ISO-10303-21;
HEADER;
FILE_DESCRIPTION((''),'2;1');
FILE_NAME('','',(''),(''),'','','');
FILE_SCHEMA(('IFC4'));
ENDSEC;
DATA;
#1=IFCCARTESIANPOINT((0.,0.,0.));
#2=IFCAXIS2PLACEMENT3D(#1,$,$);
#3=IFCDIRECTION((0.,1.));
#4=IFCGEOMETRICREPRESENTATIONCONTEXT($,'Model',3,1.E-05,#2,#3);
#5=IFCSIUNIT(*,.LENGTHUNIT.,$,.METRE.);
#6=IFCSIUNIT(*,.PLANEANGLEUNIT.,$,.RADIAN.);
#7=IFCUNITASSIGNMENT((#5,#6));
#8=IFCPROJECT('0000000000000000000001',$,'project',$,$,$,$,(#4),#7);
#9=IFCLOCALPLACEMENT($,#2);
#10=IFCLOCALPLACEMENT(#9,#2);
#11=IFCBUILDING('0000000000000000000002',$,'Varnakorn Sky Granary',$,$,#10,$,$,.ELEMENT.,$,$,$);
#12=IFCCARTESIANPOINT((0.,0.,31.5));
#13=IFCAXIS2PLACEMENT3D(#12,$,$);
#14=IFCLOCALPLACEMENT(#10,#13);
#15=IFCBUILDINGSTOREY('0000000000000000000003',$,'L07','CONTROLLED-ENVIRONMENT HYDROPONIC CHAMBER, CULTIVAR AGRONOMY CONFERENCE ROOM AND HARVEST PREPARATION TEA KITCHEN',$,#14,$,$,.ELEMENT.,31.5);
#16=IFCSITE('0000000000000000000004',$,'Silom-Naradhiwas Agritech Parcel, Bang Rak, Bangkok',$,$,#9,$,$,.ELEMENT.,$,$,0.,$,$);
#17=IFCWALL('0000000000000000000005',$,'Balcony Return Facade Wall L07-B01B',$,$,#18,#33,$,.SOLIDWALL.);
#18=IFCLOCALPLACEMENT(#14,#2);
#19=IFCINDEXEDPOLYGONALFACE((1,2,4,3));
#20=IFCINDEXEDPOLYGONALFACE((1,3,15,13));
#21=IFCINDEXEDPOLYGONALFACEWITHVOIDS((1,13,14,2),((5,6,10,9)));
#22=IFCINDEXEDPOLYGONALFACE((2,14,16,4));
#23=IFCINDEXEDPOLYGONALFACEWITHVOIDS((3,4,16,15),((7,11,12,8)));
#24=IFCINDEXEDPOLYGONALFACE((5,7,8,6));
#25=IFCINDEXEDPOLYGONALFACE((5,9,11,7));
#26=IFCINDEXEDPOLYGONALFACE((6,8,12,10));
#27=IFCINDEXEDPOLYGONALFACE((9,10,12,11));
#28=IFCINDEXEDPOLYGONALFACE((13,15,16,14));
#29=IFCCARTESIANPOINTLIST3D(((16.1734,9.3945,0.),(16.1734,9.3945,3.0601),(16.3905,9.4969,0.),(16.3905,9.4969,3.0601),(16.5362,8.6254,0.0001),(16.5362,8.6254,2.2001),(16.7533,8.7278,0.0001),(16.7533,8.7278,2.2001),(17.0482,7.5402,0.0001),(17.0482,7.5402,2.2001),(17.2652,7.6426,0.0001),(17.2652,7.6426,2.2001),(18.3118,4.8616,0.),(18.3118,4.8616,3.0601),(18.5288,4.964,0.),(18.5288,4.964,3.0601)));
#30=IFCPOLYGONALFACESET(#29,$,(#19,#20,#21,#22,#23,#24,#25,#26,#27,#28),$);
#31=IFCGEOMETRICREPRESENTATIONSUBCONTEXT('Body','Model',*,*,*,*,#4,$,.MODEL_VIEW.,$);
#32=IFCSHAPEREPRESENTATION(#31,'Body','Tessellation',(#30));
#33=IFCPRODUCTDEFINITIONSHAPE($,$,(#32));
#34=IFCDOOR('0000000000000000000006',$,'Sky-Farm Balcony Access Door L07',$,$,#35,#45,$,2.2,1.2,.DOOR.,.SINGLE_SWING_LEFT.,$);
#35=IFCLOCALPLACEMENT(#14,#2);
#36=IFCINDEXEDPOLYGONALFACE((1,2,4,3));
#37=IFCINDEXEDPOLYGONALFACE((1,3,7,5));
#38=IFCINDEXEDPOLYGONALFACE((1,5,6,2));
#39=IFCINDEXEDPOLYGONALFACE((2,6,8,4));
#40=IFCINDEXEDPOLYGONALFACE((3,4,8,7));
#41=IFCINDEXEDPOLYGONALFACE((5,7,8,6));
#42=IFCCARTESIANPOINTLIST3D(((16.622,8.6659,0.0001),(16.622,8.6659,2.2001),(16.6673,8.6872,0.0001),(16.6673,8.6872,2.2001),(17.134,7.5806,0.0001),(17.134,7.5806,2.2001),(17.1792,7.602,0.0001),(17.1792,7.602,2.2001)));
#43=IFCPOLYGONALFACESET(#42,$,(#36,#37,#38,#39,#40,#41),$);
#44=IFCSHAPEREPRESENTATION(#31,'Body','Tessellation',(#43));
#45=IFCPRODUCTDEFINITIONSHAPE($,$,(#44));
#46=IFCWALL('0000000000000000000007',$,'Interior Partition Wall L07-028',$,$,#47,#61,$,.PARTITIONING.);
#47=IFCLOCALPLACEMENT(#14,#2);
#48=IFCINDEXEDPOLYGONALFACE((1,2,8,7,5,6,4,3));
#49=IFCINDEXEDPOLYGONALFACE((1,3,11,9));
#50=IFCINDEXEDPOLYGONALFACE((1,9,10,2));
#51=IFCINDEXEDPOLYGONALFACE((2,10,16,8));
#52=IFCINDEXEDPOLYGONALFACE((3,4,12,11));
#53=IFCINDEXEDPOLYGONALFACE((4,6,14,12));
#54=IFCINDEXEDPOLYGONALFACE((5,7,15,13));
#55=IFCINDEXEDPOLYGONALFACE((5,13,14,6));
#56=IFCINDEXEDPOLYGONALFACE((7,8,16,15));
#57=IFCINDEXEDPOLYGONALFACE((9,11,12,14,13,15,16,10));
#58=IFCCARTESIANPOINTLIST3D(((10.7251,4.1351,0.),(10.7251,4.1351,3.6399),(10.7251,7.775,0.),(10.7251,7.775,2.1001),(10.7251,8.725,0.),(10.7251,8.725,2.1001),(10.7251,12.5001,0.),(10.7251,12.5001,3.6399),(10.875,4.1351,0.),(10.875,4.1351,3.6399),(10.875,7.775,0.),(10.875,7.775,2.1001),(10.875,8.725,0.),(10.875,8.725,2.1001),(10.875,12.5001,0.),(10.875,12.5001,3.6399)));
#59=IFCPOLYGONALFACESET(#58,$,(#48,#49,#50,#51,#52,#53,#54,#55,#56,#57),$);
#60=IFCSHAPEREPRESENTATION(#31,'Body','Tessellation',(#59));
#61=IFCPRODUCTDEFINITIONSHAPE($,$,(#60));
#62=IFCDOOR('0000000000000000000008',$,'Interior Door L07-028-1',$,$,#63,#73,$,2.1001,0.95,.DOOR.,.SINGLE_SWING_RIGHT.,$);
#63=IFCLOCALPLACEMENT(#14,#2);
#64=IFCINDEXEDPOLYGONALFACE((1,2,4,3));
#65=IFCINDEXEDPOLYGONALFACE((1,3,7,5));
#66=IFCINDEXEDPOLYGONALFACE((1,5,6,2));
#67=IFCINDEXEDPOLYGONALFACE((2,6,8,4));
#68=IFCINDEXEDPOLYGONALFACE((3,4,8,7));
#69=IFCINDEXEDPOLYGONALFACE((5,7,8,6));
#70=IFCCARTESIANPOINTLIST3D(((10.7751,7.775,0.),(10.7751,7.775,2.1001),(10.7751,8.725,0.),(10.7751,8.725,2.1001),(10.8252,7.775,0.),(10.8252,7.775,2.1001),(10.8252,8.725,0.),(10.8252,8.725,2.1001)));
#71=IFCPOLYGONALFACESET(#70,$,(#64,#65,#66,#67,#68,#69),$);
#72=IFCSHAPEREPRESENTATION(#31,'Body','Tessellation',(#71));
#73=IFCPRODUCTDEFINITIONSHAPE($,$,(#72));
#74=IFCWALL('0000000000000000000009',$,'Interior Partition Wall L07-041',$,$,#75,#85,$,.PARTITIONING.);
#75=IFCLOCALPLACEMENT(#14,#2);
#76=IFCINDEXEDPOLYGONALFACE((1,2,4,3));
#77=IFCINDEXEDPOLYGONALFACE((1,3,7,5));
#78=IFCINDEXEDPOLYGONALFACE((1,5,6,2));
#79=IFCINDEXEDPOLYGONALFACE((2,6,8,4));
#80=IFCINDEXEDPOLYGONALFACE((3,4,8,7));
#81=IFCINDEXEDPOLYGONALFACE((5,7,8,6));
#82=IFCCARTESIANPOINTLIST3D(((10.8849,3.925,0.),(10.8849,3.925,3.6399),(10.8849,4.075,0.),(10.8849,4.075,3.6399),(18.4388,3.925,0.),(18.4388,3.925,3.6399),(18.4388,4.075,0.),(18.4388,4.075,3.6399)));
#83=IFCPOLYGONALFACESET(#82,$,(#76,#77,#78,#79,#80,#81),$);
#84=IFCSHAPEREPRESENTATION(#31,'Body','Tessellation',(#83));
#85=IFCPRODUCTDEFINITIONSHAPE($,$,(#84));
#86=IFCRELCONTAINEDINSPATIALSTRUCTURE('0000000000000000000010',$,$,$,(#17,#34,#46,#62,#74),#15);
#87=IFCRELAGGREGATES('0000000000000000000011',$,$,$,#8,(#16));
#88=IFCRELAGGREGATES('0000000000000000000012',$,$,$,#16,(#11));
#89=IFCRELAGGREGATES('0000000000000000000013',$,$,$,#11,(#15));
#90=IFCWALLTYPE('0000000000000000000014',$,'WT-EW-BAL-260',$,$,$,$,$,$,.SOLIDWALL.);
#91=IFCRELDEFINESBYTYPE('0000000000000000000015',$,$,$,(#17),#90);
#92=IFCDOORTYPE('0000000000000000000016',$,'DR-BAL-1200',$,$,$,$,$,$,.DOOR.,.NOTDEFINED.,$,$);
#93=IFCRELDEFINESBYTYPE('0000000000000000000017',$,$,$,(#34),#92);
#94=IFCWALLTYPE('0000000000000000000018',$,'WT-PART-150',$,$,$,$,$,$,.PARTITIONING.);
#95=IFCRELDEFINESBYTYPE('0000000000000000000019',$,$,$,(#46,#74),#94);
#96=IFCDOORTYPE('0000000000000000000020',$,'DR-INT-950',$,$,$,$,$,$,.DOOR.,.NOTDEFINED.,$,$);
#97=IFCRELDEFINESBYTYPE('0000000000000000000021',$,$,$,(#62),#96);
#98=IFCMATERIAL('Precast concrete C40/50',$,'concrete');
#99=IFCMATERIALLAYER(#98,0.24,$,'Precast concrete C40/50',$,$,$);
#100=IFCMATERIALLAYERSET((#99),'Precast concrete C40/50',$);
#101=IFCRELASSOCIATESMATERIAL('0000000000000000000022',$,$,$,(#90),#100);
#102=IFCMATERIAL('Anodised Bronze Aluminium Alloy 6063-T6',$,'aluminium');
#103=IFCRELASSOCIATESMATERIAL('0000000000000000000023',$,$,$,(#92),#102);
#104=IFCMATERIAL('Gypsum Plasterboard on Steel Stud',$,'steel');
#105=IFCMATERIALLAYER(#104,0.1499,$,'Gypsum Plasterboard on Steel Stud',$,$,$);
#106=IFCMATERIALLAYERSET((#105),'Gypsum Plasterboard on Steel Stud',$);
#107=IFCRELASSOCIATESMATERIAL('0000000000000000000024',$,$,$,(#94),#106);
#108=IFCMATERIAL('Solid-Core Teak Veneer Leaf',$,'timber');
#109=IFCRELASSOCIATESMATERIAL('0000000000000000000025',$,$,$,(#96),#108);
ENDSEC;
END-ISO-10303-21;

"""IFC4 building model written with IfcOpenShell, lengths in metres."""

from ifc_helpers import new_model, si_unit, direction, frame, frame_2d, origin, place, context, subcontext, project, spatial, rectangle, extrude, material, layer, layer_set, type_object, element, fill, save


model = new_model("IFC4")

# Units and contexts
model_context = context("Model", 3, precision=1e-05, world=origin(), true_north=direction((0.0, 1.0)))
body_context = subcontext(model_context, "Body", "Model", "MODEL_VIEW")
ifc_project = project(units=[si_unit("LENGTHUNIT", "METRE"), si_unit("PLANEANGLEUNIT", "RADIAN")], contexts=[model_context])

# Site, building, storey
site_placement = place(None, origin())
site = spatial("IfcSite", under=ifc_project, at=site_placement, Name="Silom-Naradhiwas Agritech Parcel, Bang Rak, Bangkok", CompositionType="ELEMENT", RefElevation=0.0)
building_placement = place(site_placement, origin())
building = spatial("IfcBuilding", under=site, at=building_placement, Name="Varnakorn Sky Granary", CompositionType="ELEMENT")
storey_placement = place(building_placement, frame((0.0, 0.0, 31.5)))
storey = spatial("IfcBuildingStorey", under=building, at=storey_placement, Name="L07", Description="CONTROLLED-ENVIRONMENT HYDROPONIC CHAMBER, CULTIVAR AGRONOMY CONFERENCE ROOM AND HARVEST PREPARATION TEA KITCHEN", CompositionType="ELEMENT", Elevation=31.5)

# Shared definitions
ifc_material_1 = material(Name="Anodised Bronze Aluminium Alloy 6063-T6", Category="aluminium")

# Shared definitions
ifc_material_2 = material(Name="Precast concrete C40/50", Category="concrete")
ifc_layer_1 = layer(ifc_material_2, 0.24, Name="Precast concrete C40/50")
ifc_layer_set_1 = layer_set([ifc_layer_1], Name="Precast concrete C40/50")
wall_type_1 = type_object("IfcWallType", Name="WT-EW-BAL-260", PredefinedType="SOLIDWALL", material=ifc_layer_set_1)

# Walls, openings, doors
wall_1_placement = place(storey_placement, frame((16.282, 9.4456, 0.0), z_axis=(0.0, 0.0, 1.0), x_axis=(0.426658, -0.904413, 0.0)))
wall_1 = element("IfcWall", 1, at=wall_1_placement, inside=storey, type_object=wall_type_1, Name="Balcony Return Facade Wall L07-B01B", PredefinedType="SOLIDWALL", context=body_context, shape_type="SweptSolid", body=[
    extrude(rectangle(XDim=5.012, YDim=0.24, at=frame_2d((2.5059, 0.0))), origin(), (0.0, 0.0, 1.0), 3.0601),
])
opening_1_placement = place(wall_1_placement, frame((0.8501, 0.0, 0.0)))
opening_1 = element("IfcOpeningElement", 2, at=opening_1_placement, cuts=wall_1, PredefinedType="OPENING", context=body_context, shape_type="SweptSolid", body=[
    extrude(rectangle(XDim=1.2, YDim=2.2, at=frame_2d((0.6001, 1.1001))), frame((0.0, 0.1299, 0.0), z_axis=(0.0, -1.0, 0.0), x_axis=(1.0, 0.0, 0.0)), (0.0, 0.0, 1.0), 0.26),
])
door_type_1 = type_object("IfcDoorType", Name="DR-BAL-1200", OperationType="NOTDEFINED", PredefinedType="DOOR", material=ifc_material_1)
door_1_placement = place(opening_1_placement, origin())
door_1 = element("IfcDoor", 3, at=door_1_placement, inside=storey, type_object=door_type_1, Name="Sky-Farm Balcony Access Door L07", OperationType="SINGLE_SWING_LEFT", OverallHeight=2.2, OverallWidth=1.2, PredefinedType="DOOR", context=body_context, shape_type="SweptSolid", body=[
    extrude(rectangle(XDim=1.2, YDim=2.2, at=frame_2d((0.6001, 1.1001))), frame((0.0, 0.0249, 0.0), z_axis=(0.0, -1.0, 0.0), x_axis=(1.0, 0.0, 0.0)), (0.0, 0.0, 1.0), 0.05),
])
fill(opening_1, door_1)
ifc_material_3 = material(Name="Gypsum Plasterboard on Steel Stud", Category="steel")
ifc_layer_2 = layer(ifc_material_3, 0.1499, Name="Gypsum Plasterboard on Steel Stud")
ifc_layer_set_2 = layer_set([ifc_layer_2], Name="Gypsum Plasterboard on Steel Stud")
wall_type_2 = type_object("IfcWallType", Name="WT-PART-150", PredefinedType="PARTITIONING", material=ifc_layer_set_2)
wall_2_placement = place(storey_placement, frame((10.8, 4.135, 0.0), z_axis=(0.0, 0.0, 1.0), x_axis=(0.0, 1.0, 0.0)))
wall_2 = element("IfcWall", 4, at=wall_2_placement, inside=storey, type_object=wall_type_2, Name="Interior Partition Wall L07-028", PredefinedType="PARTITIONING", context=body_context, shape_type="SweptSolid", body=[
    extrude(rectangle(XDim=8.365, YDim=0.1499, at=frame_2d((4.1826, 0.0))), origin(), (0.0, 0.0, 1.0), 3.6399),
])
opening_2_placement = place(wall_2_placement, frame((3.6399, 0.0, 0.0)))
opening_2 = element("IfcOpeningElement", 5, at=opening_2_placement, cuts=wall_2, PredefinedType="OPENING", context=body_context, shape_type="SweptSolid", body=[
    extrude(rectangle(XDim=0.95, YDim=2.1001, at=frame_2d((0.4751, 1.05))), frame((0.0, 0.085, 0.0), z_axis=(0.0, -1.0, 0.0), x_axis=(1.0, 0.0, 0.0)), (0.0, 0.0, 1.0), 0.1699),
])
ifc_material_4 = material(Name="Solid-Core Teak Veneer Leaf", Category="timber")
door_type_2 = type_object("IfcDoorType", Name="DR-INT-950", OperationType="NOTDEFINED", PredefinedType="DOOR", material=ifc_material_4)
door_2_placement = place(opening_2_placement, origin())
door_2 = element("IfcDoor", 6, at=door_2_placement, inside=storey, type_object=door_type_2, Name="Interior Door L07-028-1", OperationType="SINGLE_SWING_RIGHT", OverallHeight=2.1001, OverallWidth=0.95, PredefinedType="DOOR", context=body_context, shape_type="SweptSolid", body=[
    extrude(rectangle(XDim=0.95, YDim=2.1001, at=frame_2d((0.4751, 1.05))), frame((0.0, 0.0249, 0.0), z_axis=(0.0, -1.0, 0.0), x_axis=(1.0, 0.0, 0.0)), (0.0, 0.0, 1.0), 0.05),
])
fill(opening_2, door_2)

# Wall
wall_3_placement = place(storey_placement, frame((10.885, 4.0, 0.0), z_axis=(0.0, 0.0, 1.0), x_axis=(1.0, 0.0, 0.0)))
element("IfcWall", 7, at=wall_3_placement, inside=storey, type_object=wall_type_2, Name="Interior Partition Wall L07-041", PredefinedType="PARTITIONING", context=body_context, shape_type="SweptSolid", body=[
    extrude(rectangle(XDim=7.554, YDim=0.1499, at=frame_2d((3.7769, 0.0))), origin(), (0.0, 0.0, 1.0), 3.6399),
])

save(model, "model.ifc")
